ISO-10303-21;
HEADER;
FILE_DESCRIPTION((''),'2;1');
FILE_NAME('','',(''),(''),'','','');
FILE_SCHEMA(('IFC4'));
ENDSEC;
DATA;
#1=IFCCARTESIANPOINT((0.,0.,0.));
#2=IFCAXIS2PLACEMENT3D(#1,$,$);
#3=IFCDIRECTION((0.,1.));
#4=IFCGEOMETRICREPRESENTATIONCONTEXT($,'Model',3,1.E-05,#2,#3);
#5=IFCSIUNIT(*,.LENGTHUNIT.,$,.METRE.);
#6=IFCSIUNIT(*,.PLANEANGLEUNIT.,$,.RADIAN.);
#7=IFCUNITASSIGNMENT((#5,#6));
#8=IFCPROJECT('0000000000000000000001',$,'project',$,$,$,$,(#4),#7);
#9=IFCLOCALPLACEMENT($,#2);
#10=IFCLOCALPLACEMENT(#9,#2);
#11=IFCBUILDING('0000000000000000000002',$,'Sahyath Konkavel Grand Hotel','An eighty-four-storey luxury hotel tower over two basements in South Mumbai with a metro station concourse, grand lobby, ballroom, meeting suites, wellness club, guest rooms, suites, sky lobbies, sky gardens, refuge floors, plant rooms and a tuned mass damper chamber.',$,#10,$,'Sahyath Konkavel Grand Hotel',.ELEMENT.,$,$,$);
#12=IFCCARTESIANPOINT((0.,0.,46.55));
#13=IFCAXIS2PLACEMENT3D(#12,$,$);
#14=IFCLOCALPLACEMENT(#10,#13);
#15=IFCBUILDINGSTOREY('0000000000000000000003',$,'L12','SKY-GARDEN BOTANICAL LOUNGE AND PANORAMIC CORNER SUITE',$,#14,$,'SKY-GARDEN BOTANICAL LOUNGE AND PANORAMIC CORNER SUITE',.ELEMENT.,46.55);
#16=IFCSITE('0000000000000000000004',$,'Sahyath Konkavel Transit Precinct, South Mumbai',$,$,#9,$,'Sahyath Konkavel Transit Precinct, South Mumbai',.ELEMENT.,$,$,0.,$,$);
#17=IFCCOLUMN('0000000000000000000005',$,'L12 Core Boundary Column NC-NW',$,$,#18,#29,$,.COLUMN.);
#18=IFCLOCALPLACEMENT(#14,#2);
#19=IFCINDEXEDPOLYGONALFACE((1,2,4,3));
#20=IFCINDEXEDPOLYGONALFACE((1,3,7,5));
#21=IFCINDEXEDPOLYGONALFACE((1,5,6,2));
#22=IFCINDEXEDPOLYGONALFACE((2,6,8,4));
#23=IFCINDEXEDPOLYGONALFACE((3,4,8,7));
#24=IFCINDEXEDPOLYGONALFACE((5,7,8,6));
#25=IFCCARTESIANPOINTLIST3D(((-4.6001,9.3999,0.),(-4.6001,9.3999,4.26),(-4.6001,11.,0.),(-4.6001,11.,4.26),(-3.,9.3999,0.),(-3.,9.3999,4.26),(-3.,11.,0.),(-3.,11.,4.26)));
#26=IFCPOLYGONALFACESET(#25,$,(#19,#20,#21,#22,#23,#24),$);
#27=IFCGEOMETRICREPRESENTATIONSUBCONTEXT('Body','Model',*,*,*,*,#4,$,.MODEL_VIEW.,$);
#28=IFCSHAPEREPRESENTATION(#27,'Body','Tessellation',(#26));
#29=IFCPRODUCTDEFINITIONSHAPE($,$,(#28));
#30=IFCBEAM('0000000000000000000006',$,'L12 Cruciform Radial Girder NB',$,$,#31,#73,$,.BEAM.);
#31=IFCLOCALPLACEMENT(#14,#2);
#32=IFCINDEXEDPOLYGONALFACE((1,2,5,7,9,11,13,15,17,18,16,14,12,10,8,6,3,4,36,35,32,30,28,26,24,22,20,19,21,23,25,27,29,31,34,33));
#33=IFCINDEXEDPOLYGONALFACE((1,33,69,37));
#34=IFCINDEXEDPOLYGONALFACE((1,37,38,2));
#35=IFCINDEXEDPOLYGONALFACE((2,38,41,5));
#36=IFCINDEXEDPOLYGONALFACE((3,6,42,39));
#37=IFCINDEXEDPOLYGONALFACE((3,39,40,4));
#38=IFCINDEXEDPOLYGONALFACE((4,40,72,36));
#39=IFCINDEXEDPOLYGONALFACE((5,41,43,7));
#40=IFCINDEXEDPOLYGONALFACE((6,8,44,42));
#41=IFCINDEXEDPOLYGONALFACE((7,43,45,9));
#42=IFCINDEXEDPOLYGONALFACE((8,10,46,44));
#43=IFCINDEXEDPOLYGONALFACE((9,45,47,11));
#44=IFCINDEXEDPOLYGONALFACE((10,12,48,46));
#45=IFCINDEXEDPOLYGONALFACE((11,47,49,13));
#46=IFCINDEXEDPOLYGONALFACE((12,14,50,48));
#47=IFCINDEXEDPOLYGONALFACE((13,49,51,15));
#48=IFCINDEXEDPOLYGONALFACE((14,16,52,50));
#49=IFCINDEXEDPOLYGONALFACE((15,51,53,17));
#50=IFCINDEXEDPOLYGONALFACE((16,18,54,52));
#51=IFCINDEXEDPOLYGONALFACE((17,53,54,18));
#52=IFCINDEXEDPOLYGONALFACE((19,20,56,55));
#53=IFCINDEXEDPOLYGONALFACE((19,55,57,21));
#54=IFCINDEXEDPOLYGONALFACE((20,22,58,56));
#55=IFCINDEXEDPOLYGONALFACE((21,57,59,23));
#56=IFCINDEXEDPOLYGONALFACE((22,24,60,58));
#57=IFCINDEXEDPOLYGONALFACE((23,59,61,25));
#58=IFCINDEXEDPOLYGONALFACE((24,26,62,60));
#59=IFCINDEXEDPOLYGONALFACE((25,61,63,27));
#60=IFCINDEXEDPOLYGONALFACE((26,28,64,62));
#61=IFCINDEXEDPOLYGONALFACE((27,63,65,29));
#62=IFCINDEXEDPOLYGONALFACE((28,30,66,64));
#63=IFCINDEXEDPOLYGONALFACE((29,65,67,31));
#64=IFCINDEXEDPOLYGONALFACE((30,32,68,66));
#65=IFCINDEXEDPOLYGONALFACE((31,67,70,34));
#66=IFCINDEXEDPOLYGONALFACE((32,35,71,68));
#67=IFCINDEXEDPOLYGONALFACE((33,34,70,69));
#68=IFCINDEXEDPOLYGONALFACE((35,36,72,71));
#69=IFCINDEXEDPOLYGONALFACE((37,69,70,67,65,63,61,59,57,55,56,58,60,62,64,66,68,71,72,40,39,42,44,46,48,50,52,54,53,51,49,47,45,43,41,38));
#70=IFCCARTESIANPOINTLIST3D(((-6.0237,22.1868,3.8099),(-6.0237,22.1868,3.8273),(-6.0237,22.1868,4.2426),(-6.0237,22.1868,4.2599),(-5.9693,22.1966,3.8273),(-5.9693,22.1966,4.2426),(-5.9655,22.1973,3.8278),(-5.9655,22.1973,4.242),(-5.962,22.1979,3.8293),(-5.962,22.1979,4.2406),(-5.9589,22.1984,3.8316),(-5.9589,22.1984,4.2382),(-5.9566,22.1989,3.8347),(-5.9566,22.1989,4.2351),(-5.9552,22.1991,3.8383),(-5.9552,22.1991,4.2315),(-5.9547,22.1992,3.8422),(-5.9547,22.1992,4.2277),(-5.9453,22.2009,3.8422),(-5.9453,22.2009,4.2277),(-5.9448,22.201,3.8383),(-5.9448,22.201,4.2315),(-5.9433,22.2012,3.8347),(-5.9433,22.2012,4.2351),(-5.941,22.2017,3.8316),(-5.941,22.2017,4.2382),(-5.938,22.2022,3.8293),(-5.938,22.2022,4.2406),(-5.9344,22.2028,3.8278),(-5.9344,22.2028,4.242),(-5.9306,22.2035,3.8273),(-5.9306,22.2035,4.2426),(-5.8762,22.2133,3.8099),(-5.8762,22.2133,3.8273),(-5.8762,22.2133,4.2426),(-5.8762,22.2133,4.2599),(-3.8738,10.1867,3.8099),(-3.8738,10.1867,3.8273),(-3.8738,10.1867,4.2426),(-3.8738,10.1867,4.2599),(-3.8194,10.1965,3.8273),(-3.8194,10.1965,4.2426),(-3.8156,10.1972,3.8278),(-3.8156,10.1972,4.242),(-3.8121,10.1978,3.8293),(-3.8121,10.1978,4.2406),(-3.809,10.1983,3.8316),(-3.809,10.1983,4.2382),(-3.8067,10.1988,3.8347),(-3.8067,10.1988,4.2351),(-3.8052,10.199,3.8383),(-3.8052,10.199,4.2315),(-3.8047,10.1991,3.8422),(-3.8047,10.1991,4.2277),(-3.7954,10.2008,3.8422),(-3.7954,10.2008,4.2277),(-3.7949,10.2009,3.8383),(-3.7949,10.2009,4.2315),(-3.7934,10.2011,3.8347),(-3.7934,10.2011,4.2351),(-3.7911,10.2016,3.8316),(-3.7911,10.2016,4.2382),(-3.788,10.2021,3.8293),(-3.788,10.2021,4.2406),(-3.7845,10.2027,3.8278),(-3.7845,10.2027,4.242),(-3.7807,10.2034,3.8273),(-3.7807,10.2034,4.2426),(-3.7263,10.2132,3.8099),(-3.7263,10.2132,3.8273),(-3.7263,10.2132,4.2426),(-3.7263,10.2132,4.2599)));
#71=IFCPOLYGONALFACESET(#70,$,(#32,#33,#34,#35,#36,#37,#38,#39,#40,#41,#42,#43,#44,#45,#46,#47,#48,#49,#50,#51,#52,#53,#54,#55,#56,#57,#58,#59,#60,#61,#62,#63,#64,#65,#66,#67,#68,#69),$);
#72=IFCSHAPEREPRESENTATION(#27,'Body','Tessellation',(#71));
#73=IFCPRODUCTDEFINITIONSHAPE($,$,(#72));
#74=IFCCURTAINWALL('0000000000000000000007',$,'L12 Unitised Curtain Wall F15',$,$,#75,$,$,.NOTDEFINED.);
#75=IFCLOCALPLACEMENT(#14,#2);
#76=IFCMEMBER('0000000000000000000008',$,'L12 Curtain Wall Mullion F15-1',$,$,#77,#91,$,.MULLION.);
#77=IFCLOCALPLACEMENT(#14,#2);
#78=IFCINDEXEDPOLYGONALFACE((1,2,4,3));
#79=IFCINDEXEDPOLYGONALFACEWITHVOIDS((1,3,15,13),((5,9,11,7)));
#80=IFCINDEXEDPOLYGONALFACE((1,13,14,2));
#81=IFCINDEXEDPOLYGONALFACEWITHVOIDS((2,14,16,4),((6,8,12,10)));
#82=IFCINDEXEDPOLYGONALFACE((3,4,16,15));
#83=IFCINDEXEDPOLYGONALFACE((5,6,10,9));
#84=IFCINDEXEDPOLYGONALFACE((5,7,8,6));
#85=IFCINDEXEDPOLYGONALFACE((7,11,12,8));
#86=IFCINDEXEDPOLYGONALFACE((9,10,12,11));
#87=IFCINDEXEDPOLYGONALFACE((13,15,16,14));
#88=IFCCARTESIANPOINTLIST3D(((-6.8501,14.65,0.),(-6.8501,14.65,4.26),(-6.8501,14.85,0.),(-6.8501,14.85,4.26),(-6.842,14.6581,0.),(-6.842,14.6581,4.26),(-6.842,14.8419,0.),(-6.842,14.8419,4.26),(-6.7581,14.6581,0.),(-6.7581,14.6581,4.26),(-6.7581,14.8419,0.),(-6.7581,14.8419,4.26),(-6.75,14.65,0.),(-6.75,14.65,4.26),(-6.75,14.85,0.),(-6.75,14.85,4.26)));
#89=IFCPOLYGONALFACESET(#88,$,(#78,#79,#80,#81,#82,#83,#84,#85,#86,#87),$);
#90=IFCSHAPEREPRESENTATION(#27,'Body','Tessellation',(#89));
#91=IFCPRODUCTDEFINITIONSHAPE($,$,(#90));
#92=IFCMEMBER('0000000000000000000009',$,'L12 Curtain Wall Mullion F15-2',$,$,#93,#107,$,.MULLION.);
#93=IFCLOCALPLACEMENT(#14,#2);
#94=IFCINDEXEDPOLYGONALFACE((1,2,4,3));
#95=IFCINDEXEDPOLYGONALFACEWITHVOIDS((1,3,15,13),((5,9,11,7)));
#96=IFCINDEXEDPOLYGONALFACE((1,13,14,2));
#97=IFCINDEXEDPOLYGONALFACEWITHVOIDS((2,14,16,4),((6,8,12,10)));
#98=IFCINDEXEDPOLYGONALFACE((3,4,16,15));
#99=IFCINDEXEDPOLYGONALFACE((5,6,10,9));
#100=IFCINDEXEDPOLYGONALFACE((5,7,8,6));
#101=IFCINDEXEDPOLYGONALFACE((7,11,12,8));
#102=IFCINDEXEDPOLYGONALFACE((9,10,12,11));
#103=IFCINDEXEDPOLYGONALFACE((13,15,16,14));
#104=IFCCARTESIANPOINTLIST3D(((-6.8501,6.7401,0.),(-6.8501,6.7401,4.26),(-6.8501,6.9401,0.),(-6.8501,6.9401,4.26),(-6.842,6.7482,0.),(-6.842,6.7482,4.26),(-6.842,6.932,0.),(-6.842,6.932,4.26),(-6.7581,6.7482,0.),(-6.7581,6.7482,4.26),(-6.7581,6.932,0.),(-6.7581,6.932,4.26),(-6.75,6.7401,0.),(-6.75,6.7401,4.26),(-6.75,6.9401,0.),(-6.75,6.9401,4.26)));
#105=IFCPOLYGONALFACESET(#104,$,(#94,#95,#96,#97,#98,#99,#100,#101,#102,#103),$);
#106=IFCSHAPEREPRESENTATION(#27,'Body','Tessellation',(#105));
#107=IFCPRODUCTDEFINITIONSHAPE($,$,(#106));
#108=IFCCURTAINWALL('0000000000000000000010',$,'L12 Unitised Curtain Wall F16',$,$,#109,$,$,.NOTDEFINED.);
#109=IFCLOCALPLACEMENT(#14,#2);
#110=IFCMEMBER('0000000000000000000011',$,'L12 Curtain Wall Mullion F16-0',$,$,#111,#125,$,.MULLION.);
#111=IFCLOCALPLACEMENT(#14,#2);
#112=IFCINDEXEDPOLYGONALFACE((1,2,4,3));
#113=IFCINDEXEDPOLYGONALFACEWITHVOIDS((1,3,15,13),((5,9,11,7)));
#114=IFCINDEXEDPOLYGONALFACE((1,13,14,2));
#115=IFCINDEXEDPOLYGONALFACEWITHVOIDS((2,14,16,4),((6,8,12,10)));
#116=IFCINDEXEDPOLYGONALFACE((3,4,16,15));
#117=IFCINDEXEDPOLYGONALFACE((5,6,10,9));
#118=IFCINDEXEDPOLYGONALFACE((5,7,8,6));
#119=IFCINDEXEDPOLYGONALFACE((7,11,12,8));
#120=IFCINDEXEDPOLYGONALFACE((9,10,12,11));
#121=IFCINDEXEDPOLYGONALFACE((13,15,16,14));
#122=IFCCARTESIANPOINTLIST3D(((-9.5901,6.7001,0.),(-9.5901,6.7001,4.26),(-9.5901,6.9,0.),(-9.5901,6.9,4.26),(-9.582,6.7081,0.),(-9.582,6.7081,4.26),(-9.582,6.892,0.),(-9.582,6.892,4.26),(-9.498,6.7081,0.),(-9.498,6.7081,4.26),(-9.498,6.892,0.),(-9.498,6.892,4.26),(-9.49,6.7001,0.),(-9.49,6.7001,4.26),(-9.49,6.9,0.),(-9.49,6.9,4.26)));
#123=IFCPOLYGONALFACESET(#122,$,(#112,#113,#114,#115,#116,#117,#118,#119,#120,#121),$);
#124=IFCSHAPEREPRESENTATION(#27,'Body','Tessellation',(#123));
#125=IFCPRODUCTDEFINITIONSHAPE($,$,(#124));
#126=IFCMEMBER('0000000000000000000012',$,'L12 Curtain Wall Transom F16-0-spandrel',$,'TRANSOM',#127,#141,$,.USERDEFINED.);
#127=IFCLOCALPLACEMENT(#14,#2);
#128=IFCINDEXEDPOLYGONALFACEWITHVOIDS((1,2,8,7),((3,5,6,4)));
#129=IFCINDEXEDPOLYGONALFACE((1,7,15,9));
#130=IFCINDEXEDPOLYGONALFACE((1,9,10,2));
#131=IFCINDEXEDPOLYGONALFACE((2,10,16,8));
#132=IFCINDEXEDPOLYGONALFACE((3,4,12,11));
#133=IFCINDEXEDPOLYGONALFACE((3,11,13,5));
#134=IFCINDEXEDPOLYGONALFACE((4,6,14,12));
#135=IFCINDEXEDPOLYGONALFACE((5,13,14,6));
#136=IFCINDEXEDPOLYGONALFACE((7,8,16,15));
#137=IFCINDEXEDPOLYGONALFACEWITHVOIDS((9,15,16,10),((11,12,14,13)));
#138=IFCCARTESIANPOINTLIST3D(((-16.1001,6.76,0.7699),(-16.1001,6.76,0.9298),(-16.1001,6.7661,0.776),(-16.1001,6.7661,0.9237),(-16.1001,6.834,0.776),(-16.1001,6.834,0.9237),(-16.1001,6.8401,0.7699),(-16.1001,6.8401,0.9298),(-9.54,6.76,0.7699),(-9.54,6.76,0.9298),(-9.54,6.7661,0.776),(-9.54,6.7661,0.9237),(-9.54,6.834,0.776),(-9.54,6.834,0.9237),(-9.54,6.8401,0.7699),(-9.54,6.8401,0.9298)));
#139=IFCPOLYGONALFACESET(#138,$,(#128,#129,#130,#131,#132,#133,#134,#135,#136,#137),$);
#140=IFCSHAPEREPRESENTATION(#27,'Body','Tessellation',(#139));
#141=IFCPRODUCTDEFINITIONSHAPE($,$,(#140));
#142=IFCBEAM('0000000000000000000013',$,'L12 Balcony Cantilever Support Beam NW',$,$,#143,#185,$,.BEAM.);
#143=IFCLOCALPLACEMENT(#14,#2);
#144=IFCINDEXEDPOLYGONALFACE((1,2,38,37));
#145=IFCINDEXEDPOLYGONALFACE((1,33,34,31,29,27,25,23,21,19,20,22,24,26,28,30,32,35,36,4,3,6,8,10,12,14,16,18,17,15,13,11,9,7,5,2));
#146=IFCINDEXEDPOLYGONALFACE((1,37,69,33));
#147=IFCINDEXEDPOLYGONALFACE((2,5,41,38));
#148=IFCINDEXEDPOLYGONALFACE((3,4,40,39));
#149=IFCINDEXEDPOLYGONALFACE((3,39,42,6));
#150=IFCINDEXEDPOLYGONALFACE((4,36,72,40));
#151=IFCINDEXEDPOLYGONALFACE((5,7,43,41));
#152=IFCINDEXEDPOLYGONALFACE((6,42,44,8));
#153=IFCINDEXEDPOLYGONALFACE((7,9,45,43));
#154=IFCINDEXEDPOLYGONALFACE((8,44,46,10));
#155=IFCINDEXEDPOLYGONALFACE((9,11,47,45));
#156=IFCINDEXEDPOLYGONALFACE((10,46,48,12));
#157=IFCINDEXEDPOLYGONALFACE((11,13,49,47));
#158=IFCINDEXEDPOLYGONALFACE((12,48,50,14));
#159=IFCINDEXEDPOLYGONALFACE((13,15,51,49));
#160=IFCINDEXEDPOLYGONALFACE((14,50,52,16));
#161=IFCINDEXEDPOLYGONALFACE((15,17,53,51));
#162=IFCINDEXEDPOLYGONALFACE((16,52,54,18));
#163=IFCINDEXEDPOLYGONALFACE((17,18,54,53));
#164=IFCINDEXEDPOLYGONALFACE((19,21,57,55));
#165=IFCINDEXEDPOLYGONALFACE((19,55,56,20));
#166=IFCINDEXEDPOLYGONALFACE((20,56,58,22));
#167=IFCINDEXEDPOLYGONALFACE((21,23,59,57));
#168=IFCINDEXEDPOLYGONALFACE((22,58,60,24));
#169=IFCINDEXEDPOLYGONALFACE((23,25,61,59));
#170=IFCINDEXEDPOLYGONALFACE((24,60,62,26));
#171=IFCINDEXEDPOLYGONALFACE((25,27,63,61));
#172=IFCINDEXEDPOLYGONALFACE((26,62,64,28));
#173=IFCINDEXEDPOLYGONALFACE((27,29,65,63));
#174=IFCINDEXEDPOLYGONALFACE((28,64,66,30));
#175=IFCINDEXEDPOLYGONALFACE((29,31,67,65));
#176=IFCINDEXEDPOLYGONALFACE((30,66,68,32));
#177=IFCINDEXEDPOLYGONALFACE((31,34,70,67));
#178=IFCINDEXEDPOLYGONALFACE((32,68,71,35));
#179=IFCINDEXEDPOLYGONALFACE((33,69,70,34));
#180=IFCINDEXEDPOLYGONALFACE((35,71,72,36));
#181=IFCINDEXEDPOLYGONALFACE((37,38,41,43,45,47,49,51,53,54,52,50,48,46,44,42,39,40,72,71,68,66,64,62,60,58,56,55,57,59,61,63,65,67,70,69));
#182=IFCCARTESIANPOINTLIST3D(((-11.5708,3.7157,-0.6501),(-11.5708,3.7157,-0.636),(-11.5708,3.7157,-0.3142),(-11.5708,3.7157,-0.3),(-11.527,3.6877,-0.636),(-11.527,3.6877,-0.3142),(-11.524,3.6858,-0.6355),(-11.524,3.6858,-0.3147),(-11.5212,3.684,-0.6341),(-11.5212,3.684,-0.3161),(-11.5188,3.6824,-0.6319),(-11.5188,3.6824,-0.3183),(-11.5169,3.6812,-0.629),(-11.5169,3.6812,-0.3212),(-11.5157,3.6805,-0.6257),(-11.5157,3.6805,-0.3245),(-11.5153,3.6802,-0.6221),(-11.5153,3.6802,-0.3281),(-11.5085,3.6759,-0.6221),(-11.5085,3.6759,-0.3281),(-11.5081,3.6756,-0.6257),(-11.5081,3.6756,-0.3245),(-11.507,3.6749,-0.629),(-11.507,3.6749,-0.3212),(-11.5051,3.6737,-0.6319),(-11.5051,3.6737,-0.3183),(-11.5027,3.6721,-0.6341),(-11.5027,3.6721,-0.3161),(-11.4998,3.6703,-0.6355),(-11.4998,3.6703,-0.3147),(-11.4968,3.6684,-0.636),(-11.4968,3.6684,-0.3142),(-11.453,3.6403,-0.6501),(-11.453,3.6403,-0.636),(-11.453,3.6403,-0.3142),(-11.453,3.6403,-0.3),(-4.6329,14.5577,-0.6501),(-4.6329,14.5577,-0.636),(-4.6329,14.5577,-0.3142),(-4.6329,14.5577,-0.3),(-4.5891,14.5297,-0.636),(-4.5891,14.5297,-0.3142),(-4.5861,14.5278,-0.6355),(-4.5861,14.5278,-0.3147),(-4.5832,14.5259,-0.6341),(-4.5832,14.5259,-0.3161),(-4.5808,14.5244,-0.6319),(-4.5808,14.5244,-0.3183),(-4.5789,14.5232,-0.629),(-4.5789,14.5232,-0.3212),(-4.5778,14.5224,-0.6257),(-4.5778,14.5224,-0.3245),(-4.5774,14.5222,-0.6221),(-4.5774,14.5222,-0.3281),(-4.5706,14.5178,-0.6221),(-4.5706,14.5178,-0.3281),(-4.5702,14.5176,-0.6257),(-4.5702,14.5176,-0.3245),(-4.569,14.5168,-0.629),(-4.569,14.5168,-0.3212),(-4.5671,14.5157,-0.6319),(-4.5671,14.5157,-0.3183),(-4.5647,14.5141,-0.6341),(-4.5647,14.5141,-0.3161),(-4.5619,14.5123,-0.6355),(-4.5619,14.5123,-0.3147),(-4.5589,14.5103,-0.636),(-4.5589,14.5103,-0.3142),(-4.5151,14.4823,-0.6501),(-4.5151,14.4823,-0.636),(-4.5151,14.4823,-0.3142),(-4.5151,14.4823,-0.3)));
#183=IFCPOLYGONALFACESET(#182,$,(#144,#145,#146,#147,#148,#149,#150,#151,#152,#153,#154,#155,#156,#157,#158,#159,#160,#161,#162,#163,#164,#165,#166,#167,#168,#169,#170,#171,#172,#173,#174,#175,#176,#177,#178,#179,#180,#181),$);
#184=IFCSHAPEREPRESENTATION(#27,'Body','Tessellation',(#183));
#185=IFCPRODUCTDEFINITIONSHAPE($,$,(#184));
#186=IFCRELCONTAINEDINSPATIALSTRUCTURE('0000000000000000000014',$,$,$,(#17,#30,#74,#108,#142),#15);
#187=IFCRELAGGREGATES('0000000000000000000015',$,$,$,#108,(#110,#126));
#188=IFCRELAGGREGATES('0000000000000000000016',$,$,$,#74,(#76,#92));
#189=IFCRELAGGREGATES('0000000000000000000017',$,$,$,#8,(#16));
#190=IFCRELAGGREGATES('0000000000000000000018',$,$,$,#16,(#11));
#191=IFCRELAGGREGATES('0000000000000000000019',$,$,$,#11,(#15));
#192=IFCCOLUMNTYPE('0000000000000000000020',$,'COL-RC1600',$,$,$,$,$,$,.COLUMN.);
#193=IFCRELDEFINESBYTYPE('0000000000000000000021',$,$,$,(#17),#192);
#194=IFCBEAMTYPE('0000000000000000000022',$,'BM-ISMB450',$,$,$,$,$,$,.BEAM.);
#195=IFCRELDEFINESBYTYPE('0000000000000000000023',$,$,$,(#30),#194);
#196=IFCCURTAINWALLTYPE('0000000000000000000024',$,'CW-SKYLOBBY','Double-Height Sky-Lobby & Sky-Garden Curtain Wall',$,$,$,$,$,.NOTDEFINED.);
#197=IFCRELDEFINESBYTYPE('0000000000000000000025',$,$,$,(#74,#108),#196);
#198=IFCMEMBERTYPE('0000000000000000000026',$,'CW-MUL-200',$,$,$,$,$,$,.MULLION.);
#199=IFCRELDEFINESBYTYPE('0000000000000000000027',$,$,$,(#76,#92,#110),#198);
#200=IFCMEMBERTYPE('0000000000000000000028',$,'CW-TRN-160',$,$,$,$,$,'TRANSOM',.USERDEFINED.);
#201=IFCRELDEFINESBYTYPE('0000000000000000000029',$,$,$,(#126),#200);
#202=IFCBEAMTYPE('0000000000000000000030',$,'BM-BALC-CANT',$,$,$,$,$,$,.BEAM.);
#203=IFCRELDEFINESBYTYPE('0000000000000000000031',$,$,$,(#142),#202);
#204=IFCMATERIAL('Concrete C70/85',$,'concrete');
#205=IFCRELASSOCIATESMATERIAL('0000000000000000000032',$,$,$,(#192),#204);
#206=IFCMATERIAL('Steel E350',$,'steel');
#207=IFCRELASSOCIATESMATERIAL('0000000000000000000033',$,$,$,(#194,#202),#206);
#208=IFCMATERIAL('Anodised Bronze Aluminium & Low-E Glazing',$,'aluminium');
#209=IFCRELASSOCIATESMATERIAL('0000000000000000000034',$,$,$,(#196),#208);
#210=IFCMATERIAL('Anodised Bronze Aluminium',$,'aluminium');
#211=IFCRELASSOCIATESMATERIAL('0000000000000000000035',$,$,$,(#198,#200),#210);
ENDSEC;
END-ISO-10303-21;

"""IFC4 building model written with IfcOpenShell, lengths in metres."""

from ifc_helpers import new_model, si_unit, direction, frame, origin, origin_2d, place, context, subcontext, project, spatial, rectangle, hollow_rectangle, i_section, extrude, source, transform, mapped, material, material_profile, profile_set, type_object, element, aggregate, save


model = new_model("IFC4")

# Units and contexts
model_context = context("Model", 3, precision=1e-05, world=origin(), true_north=direction((0.0, 1.0)))
body_context = subcontext(model_context, "Body", "Model", "MODEL_VIEW")
ifc_project = project(units=[si_unit("LENGTHUNIT", "METRE"), si_unit("PLANEANGLEUNIT", "RADIAN")], contexts=[model_context])

# Site, building, storey
site_placement = place(None, origin())
site = spatial("IfcSite", under=ifc_project, at=site_placement, Name="Sahyath Konkavel Transit Precinct, South Mumbai", LongName="Sahyath Konkavel Transit Precinct, South Mumbai", CompositionType="ELEMENT", RefElevation=0.0)
building_placement = place(site_placement, origin())
building = spatial("IfcBuilding", under=site, at=building_placement, Name="Sahyath Konkavel Grand Hotel", Description="An eighty-four-storey luxury hotel tower over two basements in South Mumbai with a metro station concourse, grand lobby, ballroom, meeting suites, wellness club, guest rooms, suites, sky lobbies, sky gardens, refuge floors, plant rooms and a tuned mass damper chamber.", LongName="Sahyath Konkavel Grand Hotel", CompositionType="ELEMENT")
storey_placement = place(building_placement, frame((0.0, 0.0, 46.55)))
storey = spatial("IfcBuildingStorey", under=building, at=storey_placement, Name="L12", Description="SKY-GARDEN BOTANICAL LOUNGE AND PANORAMIC CORNER SUITE", LongName="SKY-GARDEN BOTANICAL LOUNGE AND PANORAMIC CORNER SUITE", CompositionType="ELEMENT", Elevation=46.55)

# Column
ifc_material_1 = material(Name="Concrete C70/85", Category="concrete")
ifc_material_profile_1 = material_profile(ifc_material_1, rectangle(XDim=1.6001, YDim=1.6001, at=origin_2d()), Name="RC 1600x1600")
ifc_profile_set_1 = profile_set([ifc_material_profile_1], Name="Concrete C70/85")
column_type = type_object("IfcColumnType", Name="COL-RC1600", PredefinedType="COLUMN", material=ifc_profile_set_1)
shared_shape_1 = source(origin(), body_context, "Body", "SweptSolid", [
    extrude(rectangle(XDim=1.6001, YDim=1.6001, at=origin_2d()), origin(), (0.0, 0.0, 1.0), 4.26),
])
column_placement = place(storey_placement, frame((-3.8, 10.2, 0.0), z_axis=(0.0, 0.0, 1.0), x_axis=(1.0, 0.0, 0.0)))
element("IfcColumn", 1, at=column_placement, inside=storey, type_object=column_type, Name="L12 Core Boundary Column NC-NW", PredefinedType="COLUMN", context=body_context, shape_type="MappedRepresentation", body=[
    mapped(shared_shape_1, transform((0.0, 0.0, 0.0), scale=1.0)),
])

# Beam
ifc_material_2 = material(Name="Steel E350", Category="steel")
ifc_material_profile_2 = material_profile(ifc_material_2, i_section(OverallWidth=0.1499, OverallDepth=0.45, WebThickness=0.0095, FlangeThickness=0.0173, FilletRadius=0.0149, at=origin_2d()), Name="ISMB 450")
ifc_profile_set_2 = profile_set([ifc_material_profile_2], Name="Steel E350")
beam_type_1 = type_object("IfcBeamType", Name="BM-ISMB450", PredefinedType="BEAM", material=ifc_profile_set_2)
shared_shape_2 = source(origin(), body_context, "Body", "SweptSolid", [
    extrude(i_section(OverallWidth=0.1499, OverallDepth=0.45, WebThickness=0.0095, FlangeThickness=0.0173, FilletRadius=0.0149, at=origin_2d()), origin(), (0.0, 0.0, 1.0), 12.1912),
])
beam_1_placement = place(storey_placement, frame((-3.8, 10.2, 4.0349), z_axis=(-0.176351, 0.984327, 0.0), x_axis=(-0.984327, -0.176351, 0.0)))
element("IfcBeam", 2, at=beam_1_placement, inside=storey, type_object=beam_type_1, Name="L12 Cruciform Radial Girder NB", PredefinedType="BEAM", context=body_context, shape_type="MappedRepresentation", body=[
    mapped(shared_shape_2, transform((0.0, 0.0, 0.0), scale=1.0)),
])

# Curtain walls, members
ifc_material_3 = material(Name="Anodised Bronze Aluminium & Low-E Glazing", Category="aluminium")
curtain_wall_type = type_object("IfcCurtainWallType", Name="CW-SKYLOBBY", Description="Double-Height Sky-Lobby & Sky-Garden Curtain Wall", PredefinedType="NOTDEFINED", material=ifc_material_3)
curtain_wall_1_placement = place(storey_placement, origin())
curtain_wall_1 = element("IfcCurtainWall", 3, at=curtain_wall_1_placement, inside=storey, type_object=curtain_wall_type, Name="L12 Unitised Curtain Wall F15", PredefinedType="NOTDEFINED")
ifc_material_4 = material(Name="Anodised Bronze Aluminium", Category="aluminium")
ifc_material_profile_3 = material_profile(ifc_material_4, hollow_rectangle(XDim=0.1001, YDim=0.2, WallThickness=0.0081, at=origin_2d()), Name="RHS 200x100x8")
ifc_profile_set_3 = profile_set([ifc_material_profile_3], Name="Anodised Bronze Aluminium")
member_type_1 = type_object("IfcMemberType", Name="CW-MUL-200", PredefinedType="MULLION", material=ifc_profile_set_3)
shared_shape_3 = source(origin(), body_context, "Body", "SweptSolid", [
    extrude(hollow_rectangle(XDim=0.1001, YDim=0.2, WallThickness=0.0081, at=origin_2d()), origin(), (0.0, 0.0, 1.0), 4.26),
])
member_1_placement = place(storey_placement, frame((-6.8, 14.75, 0.0), z_axis=(0.0, 0.0, 1.0), x_axis=(1.0, 0.0, 0.0)))
member_1 = element("IfcMember", 4, at=member_1_placement, type_object=member_type_1, Name="L12 Curtain Wall Mullion F15-1", PredefinedType="MULLION", context=body_context, shape_type="MappedRepresentation", body=[
    mapped(shared_shape_3, transform((0.0, 0.0, 0.0), scale=1.0)),
])
member_2_placement = place(storey_placement, frame((-6.8, 6.8401, 0.0), z_axis=(0.0, 0.0, 1.0), x_axis=(1.0, 0.0, 0.0)))
member_2 = element("IfcMember", 5, at=member_2_placement, type_object=member_type_1, Name="L12 Curtain Wall Mullion F15-2", PredefinedType="MULLION", context=body_context, shape_type="MappedRepresentation", body=[
    mapped(shared_shape_3, transform((0.0, 0.0, 0.0), scale=1.0)),
])
curtain_wall_2_placement = place(storey_placement, origin())
curtain_wall_2 = element("IfcCurtainWall", 6, at=curtain_wall_2_placement, inside=storey, type_object=curtain_wall_type, Name="L12 Unitised Curtain Wall F16", PredefinedType="NOTDEFINED")
member_3_placement = place(storey_placement, frame((-9.54, 6.8, 0.0), z_axis=(0.0, 0.0, 1.0), x_axis=(1.0, 0.0, 0.0)))
member_3 = element("IfcMember", 7, at=member_3_placement, type_object=member_type_1, Name="L12 Curtain Wall Mullion F16-0", PredefinedType="MULLION", context=body_context, shape_type="MappedRepresentation", body=[
    mapped(shared_shape_3, transform((0.0, 0.0, 0.0), scale=1.0)),
])
ifc_material_profile_4 = material_profile(ifc_material_4, hollow_rectangle(XDim=0.0801, YDim=0.1599, WallThickness=0.0061, at=origin_2d()), Name="RHS 160x80x6")
ifc_profile_set_4 = profile_set([ifc_material_profile_4], Name="Anodised Bronze Aluminium")
member_type_2 = type_object("IfcMemberType", Name="CW-TRN-160", ElementType="TRANSOM", PredefinedType="USERDEFINED", material=ifc_profile_set_4)
shared_shape_4 = source(origin(), body_context, "Body", "SweptSolid", [
    extrude(hollow_rectangle(XDim=0.0801, YDim=0.1599, WallThickness=0.0061, at=origin_2d()), origin(), (0.0, 0.0, 1.0), 6.5601),
])
member_4_placement = place(storey_placement, frame((-9.54, 6.8, 0.8499), z_axis=(-1.0, 0.0, 0.0), x_axis=(0.0, -1.0, 0.0)))
member_4 = element("IfcMember", 8, at=member_4_placement, type_object=member_type_2, Name="L12 Curtain Wall Transom F16-0-spandrel", ObjectType="TRANSOM", PredefinedType="USERDEFINED", context=body_context, shape_type="MappedRepresentation", body=[
    mapped(shared_shape_4, transform((0.0, 0.0, 0.0), scale=1.0)),
])

# Beam
ifc_material_profile_5 = material_profile(ifc_material_2, i_section(OverallWidth=0.1399, OverallDepth=0.3501, WebThickness=0.0081, FlangeThickness=0.0142, FilletRadius=0.0139, at=origin_2d()), Name="ISMB 350")
ifc_profile_set_5 = profile_set([ifc_material_profile_5], Name="Steel E350")
beam_type_2 = type_object("IfcBeamType", Name="BM-BALC-CANT", PredefinedType="BEAM", material=ifc_profile_set_5)
shared_shape_5 = source(origin(), body_context, "Body", "SweptSolid", [
    extrude(i_section(OverallWidth=0.1399, OverallDepth=0.3501, WebThickness=0.0081, FlangeThickness=0.0142, FilletRadius=0.0139, at=origin_2d()), origin(), (0.0, 0.0, 1.0), 12.8718),
])
beam_2_placement = place(storey_placement, frame((-4.574, 14.52, -0.4751), z_axis=(-0.539003, -0.842304, 0.0), x_axis=(0.842304, -0.539003, 0.0)))
element("IfcBeam", 9, at=beam_2_placement, inside=storey, type_object=beam_type_2, Name="L12 Balcony Cantilever Support Beam NW", PredefinedType="BEAM", context=body_context, shape_type="MappedRepresentation", body=[
    mapped(shared_shape_5, transform((0.0, 0.0, 0.0), scale=1.0)),
])

aggregate(curtain_wall_2, [member_3, member_4])

aggregate(curtain_wall_1, [member_1, member_2])

save(model, "model.ifc")
